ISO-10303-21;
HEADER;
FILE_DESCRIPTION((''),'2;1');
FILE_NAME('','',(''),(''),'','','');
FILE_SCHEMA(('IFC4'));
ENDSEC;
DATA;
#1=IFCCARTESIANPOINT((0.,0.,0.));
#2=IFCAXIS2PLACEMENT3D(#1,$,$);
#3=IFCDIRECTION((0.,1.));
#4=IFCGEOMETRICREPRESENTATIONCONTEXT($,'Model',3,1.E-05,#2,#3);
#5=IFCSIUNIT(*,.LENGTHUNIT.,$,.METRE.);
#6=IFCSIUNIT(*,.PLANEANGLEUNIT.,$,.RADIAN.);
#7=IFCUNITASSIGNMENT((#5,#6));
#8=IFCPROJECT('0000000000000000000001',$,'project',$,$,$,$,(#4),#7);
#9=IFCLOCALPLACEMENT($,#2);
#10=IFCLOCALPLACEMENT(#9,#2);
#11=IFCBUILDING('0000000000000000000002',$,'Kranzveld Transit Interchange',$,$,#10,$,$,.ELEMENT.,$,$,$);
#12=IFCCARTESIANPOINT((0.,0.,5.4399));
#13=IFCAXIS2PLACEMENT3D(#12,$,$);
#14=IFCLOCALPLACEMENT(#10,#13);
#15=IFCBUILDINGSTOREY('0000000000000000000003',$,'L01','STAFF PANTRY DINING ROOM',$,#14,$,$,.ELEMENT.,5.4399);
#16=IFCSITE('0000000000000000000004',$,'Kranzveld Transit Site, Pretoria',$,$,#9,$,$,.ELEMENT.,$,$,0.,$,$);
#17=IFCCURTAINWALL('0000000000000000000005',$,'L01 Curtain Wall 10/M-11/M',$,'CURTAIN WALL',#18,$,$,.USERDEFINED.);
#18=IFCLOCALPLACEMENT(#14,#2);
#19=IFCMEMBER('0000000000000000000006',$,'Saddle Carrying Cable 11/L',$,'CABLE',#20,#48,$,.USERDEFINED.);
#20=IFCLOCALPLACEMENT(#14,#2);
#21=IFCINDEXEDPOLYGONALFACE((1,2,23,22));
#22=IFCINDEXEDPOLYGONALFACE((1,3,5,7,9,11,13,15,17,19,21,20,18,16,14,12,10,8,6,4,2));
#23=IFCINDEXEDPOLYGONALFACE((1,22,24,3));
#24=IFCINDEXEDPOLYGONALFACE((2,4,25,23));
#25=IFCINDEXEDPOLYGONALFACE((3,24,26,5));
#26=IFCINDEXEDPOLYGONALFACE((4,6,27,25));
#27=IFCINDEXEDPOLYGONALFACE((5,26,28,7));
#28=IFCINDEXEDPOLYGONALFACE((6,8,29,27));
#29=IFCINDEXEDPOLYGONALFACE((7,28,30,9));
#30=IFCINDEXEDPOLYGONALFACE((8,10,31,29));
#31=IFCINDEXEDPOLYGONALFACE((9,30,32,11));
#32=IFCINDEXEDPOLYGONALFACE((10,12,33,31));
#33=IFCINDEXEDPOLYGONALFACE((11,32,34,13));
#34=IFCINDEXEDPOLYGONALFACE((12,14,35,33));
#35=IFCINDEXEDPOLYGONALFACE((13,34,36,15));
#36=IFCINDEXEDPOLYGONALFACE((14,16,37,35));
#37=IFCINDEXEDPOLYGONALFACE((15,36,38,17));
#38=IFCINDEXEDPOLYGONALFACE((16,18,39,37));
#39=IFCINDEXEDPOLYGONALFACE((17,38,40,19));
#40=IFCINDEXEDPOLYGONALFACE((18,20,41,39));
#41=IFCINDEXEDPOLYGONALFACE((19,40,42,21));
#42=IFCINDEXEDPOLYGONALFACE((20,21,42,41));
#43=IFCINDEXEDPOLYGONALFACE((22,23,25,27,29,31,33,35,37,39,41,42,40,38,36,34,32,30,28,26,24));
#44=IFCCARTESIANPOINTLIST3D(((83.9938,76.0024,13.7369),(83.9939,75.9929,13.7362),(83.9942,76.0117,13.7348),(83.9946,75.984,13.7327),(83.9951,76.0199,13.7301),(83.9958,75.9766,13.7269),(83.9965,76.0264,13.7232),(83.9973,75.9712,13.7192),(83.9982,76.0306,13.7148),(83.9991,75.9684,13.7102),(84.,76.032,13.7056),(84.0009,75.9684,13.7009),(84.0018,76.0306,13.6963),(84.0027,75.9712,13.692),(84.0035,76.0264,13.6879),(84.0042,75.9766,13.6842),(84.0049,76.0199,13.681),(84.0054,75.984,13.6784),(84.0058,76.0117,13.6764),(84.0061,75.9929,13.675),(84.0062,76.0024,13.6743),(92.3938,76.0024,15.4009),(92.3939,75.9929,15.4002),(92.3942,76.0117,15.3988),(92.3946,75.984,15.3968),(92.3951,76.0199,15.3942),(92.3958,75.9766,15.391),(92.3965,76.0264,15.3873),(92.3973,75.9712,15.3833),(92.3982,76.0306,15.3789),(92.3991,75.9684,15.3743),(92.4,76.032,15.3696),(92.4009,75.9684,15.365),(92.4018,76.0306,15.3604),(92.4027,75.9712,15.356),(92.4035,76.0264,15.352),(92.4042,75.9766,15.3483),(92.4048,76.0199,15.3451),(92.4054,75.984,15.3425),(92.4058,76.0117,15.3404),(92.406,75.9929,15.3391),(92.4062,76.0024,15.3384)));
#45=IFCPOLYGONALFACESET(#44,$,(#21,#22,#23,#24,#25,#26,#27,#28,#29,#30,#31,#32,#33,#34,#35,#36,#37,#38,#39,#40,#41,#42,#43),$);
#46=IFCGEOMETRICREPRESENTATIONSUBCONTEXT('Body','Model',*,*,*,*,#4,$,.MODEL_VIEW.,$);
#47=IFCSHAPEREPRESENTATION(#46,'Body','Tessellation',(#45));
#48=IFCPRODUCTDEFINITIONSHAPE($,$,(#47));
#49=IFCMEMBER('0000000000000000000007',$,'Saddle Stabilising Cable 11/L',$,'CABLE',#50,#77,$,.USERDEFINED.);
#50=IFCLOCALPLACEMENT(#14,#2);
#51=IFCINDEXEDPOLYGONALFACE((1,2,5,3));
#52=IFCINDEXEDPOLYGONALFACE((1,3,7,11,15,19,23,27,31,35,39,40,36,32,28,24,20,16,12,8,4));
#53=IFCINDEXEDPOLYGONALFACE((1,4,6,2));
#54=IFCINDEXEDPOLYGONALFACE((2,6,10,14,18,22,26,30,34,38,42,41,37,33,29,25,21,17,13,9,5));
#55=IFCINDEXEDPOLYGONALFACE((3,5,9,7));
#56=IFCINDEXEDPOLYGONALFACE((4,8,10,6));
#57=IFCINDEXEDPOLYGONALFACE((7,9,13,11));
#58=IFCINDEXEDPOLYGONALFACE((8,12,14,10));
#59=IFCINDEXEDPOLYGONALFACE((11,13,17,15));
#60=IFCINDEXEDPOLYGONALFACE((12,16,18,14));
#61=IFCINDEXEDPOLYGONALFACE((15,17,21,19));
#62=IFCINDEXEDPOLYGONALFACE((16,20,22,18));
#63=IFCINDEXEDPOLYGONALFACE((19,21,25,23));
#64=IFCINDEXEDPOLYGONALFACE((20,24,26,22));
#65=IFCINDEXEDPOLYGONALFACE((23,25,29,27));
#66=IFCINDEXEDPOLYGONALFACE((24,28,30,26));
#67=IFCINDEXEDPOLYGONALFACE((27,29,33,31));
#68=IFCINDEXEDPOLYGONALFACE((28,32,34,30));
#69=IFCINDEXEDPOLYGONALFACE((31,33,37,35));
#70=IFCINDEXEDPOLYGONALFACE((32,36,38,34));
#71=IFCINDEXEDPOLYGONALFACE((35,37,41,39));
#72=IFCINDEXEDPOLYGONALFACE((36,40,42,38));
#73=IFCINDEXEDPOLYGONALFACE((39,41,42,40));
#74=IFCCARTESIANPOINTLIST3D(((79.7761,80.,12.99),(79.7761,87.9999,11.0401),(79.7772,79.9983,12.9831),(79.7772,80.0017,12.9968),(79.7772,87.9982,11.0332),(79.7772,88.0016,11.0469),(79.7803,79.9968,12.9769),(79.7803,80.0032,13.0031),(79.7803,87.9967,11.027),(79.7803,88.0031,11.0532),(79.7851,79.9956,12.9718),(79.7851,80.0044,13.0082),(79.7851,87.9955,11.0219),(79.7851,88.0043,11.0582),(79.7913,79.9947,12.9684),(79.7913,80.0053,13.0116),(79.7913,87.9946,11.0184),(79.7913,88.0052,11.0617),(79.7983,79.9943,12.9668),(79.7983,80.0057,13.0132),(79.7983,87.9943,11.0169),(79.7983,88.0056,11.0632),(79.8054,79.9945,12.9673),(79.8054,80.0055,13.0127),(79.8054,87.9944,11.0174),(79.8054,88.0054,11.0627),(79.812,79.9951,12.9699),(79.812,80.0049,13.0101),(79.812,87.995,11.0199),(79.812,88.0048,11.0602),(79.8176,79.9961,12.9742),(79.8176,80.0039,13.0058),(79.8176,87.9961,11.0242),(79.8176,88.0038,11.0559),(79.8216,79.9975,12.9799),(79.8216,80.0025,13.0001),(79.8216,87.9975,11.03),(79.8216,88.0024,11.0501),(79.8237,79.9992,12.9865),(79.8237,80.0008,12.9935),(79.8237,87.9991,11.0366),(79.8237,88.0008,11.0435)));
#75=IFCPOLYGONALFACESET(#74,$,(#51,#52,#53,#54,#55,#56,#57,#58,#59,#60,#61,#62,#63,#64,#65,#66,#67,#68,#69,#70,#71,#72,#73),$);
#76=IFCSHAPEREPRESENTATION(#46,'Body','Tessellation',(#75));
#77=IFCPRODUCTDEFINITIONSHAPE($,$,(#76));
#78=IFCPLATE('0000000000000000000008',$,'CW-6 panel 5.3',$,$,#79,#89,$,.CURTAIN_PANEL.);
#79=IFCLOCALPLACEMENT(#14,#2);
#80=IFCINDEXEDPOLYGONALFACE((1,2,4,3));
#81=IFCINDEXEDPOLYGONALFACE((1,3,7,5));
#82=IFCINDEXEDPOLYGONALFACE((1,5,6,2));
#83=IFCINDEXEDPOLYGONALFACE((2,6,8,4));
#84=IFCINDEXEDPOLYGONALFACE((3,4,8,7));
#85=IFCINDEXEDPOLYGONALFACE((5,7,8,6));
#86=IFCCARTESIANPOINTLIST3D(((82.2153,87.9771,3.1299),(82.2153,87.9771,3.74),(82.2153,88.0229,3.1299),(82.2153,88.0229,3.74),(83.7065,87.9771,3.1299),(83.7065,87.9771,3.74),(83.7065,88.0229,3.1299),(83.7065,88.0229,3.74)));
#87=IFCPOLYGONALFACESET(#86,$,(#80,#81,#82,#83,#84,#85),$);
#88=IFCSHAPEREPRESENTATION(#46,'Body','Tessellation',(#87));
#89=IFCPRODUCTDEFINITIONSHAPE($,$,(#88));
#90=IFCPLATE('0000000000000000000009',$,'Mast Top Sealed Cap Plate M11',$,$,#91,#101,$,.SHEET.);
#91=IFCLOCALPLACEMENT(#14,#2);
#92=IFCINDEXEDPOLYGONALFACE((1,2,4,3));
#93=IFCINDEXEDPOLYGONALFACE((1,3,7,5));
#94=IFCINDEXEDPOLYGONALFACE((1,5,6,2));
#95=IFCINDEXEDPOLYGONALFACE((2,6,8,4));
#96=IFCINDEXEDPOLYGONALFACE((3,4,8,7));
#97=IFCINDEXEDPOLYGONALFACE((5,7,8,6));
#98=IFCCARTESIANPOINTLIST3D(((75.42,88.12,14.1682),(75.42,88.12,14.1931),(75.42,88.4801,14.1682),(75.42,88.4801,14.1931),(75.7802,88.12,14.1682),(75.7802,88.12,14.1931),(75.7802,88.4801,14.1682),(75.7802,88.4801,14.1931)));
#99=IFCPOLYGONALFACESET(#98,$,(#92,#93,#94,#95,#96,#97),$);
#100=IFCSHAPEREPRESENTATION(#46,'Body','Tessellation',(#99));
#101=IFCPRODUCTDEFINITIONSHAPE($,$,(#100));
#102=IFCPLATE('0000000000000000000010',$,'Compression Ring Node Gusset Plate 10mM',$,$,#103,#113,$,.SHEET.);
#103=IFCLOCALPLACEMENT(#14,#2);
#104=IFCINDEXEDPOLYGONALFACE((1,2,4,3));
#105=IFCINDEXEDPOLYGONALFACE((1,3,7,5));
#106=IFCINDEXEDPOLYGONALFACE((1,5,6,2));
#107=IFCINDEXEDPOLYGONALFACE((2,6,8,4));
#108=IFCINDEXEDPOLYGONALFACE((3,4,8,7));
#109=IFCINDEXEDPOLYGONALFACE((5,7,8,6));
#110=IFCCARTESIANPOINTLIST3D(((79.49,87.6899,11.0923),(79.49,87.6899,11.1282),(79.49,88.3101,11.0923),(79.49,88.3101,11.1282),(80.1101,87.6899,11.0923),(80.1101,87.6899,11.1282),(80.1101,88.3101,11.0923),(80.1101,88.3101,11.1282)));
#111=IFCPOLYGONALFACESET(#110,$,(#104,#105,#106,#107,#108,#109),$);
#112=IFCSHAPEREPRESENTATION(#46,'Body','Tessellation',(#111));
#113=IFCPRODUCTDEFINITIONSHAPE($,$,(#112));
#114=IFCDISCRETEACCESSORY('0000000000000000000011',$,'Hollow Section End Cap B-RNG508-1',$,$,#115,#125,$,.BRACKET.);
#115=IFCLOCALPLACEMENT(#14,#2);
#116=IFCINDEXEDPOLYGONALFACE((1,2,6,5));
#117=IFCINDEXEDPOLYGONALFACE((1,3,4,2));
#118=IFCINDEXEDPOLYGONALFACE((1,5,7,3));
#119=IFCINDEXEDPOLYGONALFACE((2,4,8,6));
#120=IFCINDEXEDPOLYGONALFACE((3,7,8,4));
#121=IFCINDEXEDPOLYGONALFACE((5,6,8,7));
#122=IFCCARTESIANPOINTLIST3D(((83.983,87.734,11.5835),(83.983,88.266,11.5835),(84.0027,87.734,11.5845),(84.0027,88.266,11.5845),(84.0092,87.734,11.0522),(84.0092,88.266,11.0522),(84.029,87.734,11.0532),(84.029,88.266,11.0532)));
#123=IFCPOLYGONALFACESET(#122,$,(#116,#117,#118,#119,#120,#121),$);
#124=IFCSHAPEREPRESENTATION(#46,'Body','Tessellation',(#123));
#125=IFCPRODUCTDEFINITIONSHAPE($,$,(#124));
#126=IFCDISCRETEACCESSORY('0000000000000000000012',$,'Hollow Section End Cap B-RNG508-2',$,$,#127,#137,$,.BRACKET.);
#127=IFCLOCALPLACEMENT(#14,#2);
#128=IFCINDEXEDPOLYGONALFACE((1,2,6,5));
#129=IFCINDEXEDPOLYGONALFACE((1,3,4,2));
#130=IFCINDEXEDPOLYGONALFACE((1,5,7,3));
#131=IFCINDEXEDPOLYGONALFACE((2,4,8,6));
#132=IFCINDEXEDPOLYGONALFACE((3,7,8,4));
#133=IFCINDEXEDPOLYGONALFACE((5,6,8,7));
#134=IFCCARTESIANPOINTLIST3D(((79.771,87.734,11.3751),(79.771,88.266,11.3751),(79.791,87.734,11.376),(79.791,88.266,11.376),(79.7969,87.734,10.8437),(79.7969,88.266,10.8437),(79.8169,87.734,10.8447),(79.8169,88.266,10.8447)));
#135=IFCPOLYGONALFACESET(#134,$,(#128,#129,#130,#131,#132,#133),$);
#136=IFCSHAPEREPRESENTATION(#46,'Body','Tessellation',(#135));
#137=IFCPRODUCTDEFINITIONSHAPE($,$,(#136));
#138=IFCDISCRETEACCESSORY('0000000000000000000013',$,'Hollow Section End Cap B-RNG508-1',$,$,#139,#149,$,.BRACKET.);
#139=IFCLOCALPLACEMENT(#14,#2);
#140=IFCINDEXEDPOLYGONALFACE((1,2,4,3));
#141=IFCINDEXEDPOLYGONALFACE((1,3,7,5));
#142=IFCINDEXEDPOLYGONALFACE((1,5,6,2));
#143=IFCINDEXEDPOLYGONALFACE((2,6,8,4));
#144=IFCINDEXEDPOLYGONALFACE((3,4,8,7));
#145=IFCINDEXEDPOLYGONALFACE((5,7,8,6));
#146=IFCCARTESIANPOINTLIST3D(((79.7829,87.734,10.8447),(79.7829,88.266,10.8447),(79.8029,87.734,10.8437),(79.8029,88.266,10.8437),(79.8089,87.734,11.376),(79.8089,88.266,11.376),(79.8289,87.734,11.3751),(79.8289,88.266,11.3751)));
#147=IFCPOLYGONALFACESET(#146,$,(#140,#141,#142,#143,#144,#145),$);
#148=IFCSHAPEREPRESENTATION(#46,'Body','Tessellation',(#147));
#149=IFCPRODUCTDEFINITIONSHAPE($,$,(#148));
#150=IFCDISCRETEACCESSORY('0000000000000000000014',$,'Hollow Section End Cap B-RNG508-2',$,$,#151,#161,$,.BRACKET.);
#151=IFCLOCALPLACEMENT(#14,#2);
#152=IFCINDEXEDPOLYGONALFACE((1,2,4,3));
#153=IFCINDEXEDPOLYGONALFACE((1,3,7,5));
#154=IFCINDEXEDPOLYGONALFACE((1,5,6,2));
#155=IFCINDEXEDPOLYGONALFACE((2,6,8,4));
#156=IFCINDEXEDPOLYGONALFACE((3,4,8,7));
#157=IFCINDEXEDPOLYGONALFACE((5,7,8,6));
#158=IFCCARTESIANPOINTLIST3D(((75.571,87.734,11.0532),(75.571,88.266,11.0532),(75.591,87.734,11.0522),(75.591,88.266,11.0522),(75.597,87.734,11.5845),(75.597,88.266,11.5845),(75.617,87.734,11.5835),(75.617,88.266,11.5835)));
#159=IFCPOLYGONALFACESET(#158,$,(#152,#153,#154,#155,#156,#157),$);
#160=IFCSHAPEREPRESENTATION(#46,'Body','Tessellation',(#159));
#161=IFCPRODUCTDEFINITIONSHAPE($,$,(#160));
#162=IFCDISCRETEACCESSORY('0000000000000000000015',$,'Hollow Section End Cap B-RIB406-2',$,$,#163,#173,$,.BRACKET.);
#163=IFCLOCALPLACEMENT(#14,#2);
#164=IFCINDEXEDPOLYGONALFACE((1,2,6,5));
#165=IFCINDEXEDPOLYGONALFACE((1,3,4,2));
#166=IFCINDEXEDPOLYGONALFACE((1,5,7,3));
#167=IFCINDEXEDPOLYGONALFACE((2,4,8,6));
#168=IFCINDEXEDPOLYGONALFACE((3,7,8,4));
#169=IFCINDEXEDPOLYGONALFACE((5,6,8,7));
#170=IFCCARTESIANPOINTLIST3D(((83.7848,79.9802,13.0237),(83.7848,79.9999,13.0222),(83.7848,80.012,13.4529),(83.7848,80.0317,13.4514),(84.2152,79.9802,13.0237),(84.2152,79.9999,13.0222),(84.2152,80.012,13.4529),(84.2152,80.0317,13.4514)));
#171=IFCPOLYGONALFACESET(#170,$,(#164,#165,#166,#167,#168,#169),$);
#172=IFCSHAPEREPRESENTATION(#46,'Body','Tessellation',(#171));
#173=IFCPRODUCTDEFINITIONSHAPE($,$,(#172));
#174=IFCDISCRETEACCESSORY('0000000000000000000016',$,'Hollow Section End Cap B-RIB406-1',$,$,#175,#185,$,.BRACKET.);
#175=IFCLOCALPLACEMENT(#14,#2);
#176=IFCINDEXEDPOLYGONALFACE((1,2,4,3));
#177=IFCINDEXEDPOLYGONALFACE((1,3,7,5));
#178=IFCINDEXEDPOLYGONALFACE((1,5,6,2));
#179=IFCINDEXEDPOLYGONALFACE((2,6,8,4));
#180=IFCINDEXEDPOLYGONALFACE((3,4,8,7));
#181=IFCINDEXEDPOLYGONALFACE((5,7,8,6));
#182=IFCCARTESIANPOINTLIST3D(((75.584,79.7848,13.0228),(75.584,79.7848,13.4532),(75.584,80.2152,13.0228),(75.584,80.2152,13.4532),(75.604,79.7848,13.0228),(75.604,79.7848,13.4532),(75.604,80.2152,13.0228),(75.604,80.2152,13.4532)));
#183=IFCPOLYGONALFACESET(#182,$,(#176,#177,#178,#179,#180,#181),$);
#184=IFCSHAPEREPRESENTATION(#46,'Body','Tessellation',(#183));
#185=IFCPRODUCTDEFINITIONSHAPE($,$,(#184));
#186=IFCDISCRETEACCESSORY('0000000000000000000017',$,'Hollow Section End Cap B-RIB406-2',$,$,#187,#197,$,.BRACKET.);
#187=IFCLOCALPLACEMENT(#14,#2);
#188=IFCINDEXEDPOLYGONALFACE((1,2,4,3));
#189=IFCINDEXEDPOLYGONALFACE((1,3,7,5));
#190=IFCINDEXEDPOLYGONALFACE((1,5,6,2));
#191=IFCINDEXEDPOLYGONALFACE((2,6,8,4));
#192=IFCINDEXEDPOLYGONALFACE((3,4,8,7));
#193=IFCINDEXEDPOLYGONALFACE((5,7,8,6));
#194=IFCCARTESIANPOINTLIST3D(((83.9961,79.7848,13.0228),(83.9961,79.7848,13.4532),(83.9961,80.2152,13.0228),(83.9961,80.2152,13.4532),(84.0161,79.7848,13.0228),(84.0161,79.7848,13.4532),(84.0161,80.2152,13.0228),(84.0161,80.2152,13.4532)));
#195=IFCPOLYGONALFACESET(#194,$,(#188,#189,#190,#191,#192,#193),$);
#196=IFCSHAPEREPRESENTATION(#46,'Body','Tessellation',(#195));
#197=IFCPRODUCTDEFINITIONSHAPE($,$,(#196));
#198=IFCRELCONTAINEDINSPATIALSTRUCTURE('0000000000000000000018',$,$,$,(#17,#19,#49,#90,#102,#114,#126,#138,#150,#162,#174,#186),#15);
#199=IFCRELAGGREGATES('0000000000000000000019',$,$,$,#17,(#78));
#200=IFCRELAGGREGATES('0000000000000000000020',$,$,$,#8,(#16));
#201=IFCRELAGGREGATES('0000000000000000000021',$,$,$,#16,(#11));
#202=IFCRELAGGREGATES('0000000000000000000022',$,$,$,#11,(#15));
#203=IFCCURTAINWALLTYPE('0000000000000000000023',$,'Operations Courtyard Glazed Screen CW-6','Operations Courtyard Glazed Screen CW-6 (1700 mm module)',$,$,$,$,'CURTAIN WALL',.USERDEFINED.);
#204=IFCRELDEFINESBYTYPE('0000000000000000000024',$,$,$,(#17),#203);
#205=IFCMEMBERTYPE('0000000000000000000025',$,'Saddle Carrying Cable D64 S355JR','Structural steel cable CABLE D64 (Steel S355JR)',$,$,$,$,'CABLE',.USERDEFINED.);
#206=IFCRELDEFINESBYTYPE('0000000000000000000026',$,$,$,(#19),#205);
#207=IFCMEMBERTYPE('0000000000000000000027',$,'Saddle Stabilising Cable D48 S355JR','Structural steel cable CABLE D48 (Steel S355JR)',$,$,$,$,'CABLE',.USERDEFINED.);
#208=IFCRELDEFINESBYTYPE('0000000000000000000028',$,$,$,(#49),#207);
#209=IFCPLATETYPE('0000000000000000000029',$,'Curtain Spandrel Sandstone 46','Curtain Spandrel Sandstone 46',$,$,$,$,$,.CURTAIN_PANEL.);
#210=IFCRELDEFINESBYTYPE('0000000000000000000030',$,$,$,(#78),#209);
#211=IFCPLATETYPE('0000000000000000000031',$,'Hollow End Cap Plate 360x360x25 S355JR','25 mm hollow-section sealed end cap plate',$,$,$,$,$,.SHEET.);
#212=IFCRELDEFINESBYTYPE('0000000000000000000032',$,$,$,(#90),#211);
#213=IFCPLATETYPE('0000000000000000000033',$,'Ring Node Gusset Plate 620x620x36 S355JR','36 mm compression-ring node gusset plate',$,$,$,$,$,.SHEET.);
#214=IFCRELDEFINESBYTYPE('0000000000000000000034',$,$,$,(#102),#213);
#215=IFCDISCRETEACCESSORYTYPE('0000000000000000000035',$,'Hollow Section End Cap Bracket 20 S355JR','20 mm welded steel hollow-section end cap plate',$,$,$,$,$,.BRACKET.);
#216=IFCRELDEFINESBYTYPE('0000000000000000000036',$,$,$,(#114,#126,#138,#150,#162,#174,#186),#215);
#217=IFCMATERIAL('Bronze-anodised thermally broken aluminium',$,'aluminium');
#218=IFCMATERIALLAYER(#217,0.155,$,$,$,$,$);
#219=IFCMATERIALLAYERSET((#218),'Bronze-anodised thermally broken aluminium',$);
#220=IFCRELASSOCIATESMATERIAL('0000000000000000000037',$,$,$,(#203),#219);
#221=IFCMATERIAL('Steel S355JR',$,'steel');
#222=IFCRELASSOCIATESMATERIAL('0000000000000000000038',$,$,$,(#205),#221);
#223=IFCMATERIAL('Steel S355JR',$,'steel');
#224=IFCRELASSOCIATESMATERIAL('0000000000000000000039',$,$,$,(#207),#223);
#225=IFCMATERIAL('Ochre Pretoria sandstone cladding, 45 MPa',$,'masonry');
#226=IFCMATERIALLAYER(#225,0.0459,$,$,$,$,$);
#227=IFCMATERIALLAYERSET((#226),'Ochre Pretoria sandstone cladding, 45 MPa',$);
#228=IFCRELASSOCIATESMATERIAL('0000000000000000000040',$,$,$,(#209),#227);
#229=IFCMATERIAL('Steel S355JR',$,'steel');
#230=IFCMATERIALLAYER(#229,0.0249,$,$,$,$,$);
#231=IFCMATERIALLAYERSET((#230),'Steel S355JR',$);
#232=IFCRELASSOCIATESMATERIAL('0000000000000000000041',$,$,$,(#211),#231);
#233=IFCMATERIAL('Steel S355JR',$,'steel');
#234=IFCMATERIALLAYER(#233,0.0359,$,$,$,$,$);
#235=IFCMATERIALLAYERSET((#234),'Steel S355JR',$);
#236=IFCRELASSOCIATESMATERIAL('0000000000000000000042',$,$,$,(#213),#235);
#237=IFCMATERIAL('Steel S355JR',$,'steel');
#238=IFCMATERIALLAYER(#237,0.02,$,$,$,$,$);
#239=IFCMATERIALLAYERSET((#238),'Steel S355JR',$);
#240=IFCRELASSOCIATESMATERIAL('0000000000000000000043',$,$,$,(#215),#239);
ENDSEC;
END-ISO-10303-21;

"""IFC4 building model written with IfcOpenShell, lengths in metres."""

from ifc_helpers import new_model, si_unit, direction, frame, origin, origin_2d, place, context, subcontext, project, spatial, rectangle, circle, extrude, material, layer, layer_set, material_profile, profile_set, type_object, element, aggregate, save


model = new_model("IFC4")

# Units and contexts
model_context = context("Model", 3, precision=1e-05, world=origin(), true_north=direction((0.0, 1.0)))
body_context = subcontext(model_context, "Body", "Model", "MODEL_VIEW")
ifc_project = project(units=[si_unit("LENGTHUNIT", "METRE"), si_unit("PLANEANGLEUNIT", "RADIAN")], contexts=[model_context])

# Site, building, storey
site_placement = place(None, origin())
site = spatial("IfcSite", under=ifc_project, at=site_placement, Name="Kranzveld Transit Site, Pretoria", CompositionType="ELEMENT", RefElevation=0.0)
building_placement = place(site_placement, origin())
building = spatial("IfcBuilding", under=site, at=building_placement, Name="Kranzveld Transit Interchange", CompositionType="ELEMENT")
storey_placement = place(building_placement, frame((0.0, 0.0, 5.4399)))
storey = spatial("IfcBuildingStorey", under=building, at=storey_placement, Name="L01", Description="STAFF PANTRY DINING ROOM", CompositionType="ELEMENT", Elevation=5.4399)

# Curtain wall
ifc_material_1 = material(Name="Bronze-anodised thermally broken aluminium", Category="aluminium")
ifc_layer_1 = layer(ifc_material_1, 0.155)
ifc_layer_set_1 = layer_set([ifc_layer_1], Name="Bronze-anodised thermally broken aluminium")
curtain_wall_type = type_object("IfcCurtainWallType", Name="Operations Courtyard Glazed Screen CW-6", Description="Operations Courtyard Glazed Screen CW-6 (1700 mm module)", ElementType="CURTAIN WALL", PredefinedType="USERDEFINED", material=ifc_layer_set_1)
curtain_wall_placement = place(storey_placement, origin())
curtain_wall = element("IfcCurtainWall", 1, at=curtain_wall_placement, inside=storey, type_object=curtain_wall_type, Name="L01 Curtain Wall 10/M-11/M", ObjectType="CURTAIN WALL", PredefinedType="USERDEFINED")

# Members
ifc_material_2 = material(Name="Steel S355JR", Category="steel")
ifc_material_profile_1 = material_profile(ifc_material_2, circle(Radius=0.032, at=origin_2d()), Name="CABLE D64")
ifc_profile_set_1 = profile_set([ifc_material_profile_1], Name="Steel S355JR")
member_type_1 = type_object("IfcMemberType", Name="Saddle Carrying Cable D64 S355JR", Description="Structural steel cable CABLE D64 (Steel S355JR)", ElementType="CABLE", PredefinedType="USERDEFINED", material=ifc_profile_set_1)
member_1_placement = place(storey_placement, frame((84.0, 76.0, 13.7056), z_axis=(0.980937, 0.0, 0.194328), x_axis=(0.0, 1.0, 0.0)))
element("IfcMember", 2, at=member_1_placement, inside=storey, type_object=member_type_1, Name="Saddle Carrying Cable 11/L", ObjectType="CABLE", PredefinedType="USERDEFINED", context=body_context, shape_type="SweptSolid", body=[
    extrude(circle(Radius=0.032, at=origin_2d()), origin(), (0.0, 0.0, 1.0), 8.5632),
])
ifc_material_3 = material(Name="Steel S355JR", Category="steel")
ifc_material_profile_2 = material_profile(ifc_material_3, circle(Radius=0.0239, at=origin_2d()), Name="CABLE D48")
ifc_profile_set_2 = profile_set([ifc_material_profile_2], Name="Steel S355JR")
member_type_2 = type_object("IfcMemberType", Name="Saddle Stabilising Cable D48 S355JR", Description="Structural steel cable CABLE D48 (Steel S355JR)", ElementType="CABLE", PredefinedType="USERDEFINED", material=ifc_profile_set_2)
member_2_placement = place(storey_placement, frame((79.8, 80.0, 12.99), z_axis=(0.0, 0.971556, -0.236811), x_axis=(-1.0, 0.0, 0.0)))
element("IfcMember", 3, at=member_2_placement, inside=storey, type_object=member_type_2, Name="Saddle Stabilising Cable 11/L", ObjectType="CABLE", PredefinedType="USERDEFINED", context=body_context, shape_type="SweptSolid", body=[
    extrude(circle(Radius=0.0239, at=origin_2d()), origin(), (0.0, 0.0, 1.0), 8.2341),
])

# Plate
ifc_material_4 = material(Name="Ochre Pretoria sandstone cladding, 45 MPa", Category="masonry")
ifc_layer_2 = layer(ifc_material_4, 0.0459)
ifc_layer_set_2 = layer_set([ifc_layer_2], Name="Ochre Pretoria sandstone cladding, 45 MPa")
plate_type_1 = type_object("IfcPlateType", Name="Curtain Spandrel Sandstone 46", Description="Curtain Spandrel Sandstone 46", PredefinedType="CURTAIN_PANEL", material=ifc_layer_set_2)
plate_1_placement = place(storey_placement, frame((82.9609, 88.0, 3.1299), z_axis=(0.0, 0.0, 1.0), x_axis=(1.0, 0.0, 0.0)))
plate_1 = element("IfcPlate", 4, at=plate_1_placement, type_object=plate_type_1, Name="CW-6 panel 5.3", PredefinedType="CURTAIN_PANEL", context=body_context, shape_type="SweptSolid", body=[
    extrude(rectangle(XDim=1.4912, YDim=0.0459, at=origin_2d()), origin(), (0.0, 0.0, 1.0), 0.6101),
])
aggregate(curtain_wall, [plate_1])

# Plates
ifc_material_5 = material(Name="Steel S355JR", Category="steel")
ifc_layer_3 = layer(ifc_material_5, 0.0249)
ifc_layer_set_3 = layer_set([ifc_layer_3], Name="Steel S355JR")
plate_type_2 = type_object("IfcPlateType", Name="Hollow End Cap Plate 360x360x25 S355JR", Description="25 mm hollow-section sealed end cap plate", PredefinedType="SHEET", material=ifc_layer_set_3)
plate_2_placement = place(storey_placement, frame((75.6001, 88.3, 14.1682), z_axis=(0.0, 0.0, 1.0), x_axis=(1.0, 0.0, 0.0)))
element("IfcPlate", 5, at=plate_2_placement, inside=storey, type_object=plate_type_2, Name="Mast Top Sealed Cap Plate M11", PredefinedType="SHEET", context=body_context, shape_type="SweptSolid", body=[
    extrude(rectangle(XDim=0.3601, YDim=0.3601, at=origin_2d()), origin(), (0.0, 0.0, 1.0), 0.0249),
])
ifc_material_6 = material(Name="Steel S355JR", Category="steel")
ifc_layer_4 = layer(ifc_material_6, 0.0359)
ifc_layer_set_4 = layer_set([ifc_layer_4], Name="Steel S355JR")
plate_type_3 = type_object("IfcPlateType", Name="Ring Node Gusset Plate 620x620x36 S355JR", Description="36 mm compression-ring node gusset plate", PredefinedType="SHEET", material=ifc_layer_set_4)
plate_3_placement = place(storey_placement, frame((79.8, 88.0, 11.0923), z_axis=(0.0, 0.0, 1.0), x_axis=(1.0, 0.0, 0.0)))
element("IfcPlate", 6, at=plate_3_placement, inside=storey, type_object=plate_type_3, Name="Compression Ring Node Gusset Plate 10mM", PredefinedType="SHEET", context=body_context, shape_type="SweptSolid", body=[
    extrude(rectangle(XDim=0.6201, YDim=0.6201, at=origin_2d()), origin(), (0.0, 0.0, 1.0), 0.0359),
])

# Discrete accessories
ifc_material_7 = material(Name="Steel S355JR", Category="steel")
ifc_layer_5 = layer(ifc_material_7, 0.02)
ifc_layer_set_5 = layer_set([ifc_layer_5], Name="Steel S355JR")
discrete_accessory_type = type_object("IfcDiscreteAccessoryType", Name="Hollow Section End Cap Bracket 20 S355JR", Description="20 mm welded steel hollow-section end cap plate", PredefinedType="BRACKET", material=ifc_layer_set_5)
discrete_accessory_1_placement = place(storey_placement, frame((83.9961, 88.0, 11.3179), z_axis=(0.998783, 0.0, 0.049323), x_axis=(0.0, 1.0, 0.0)))
element("IfcDiscreteAccessory", 7, at=discrete_accessory_1_placement, inside=storey, type_object=discrete_accessory_type, Name="Hollow Section End Cap B-RNG508-1", PredefinedType="BRACKET", context=body_context, shape_type="SweptSolid", body=[
    extrude(rectangle(XDim=0.532, YDim=0.532, at=origin_2d()), origin(), (0.0, 0.0, 1.0), 0.0198),
])
for number, where, z_axis, x_axis, name in (
    (8, (79.804, 88.0, 11.1104), (-0.998812, 0.0, -0.048723), (0.0, -1.0, 0.0), "Hollow Section End Cap B-RNG508-2"),
    (9, (79.7959, 88.0, 11.1104), (0.998812, 0.0, -0.048723), (0.0, 1.0, 0.0), "Hollow Section End Cap B-RNG508-1"),
    (10, (75.604, 88.0, 11.3179), (-0.998812, 0.0, 0.048723), (0.0, -1.0, 0.0), "Hollow Section End Cap B-RNG508-2"),
):
    element("IfcDiscreteAccessory", number, at=place(storey_placement, frame(where, z_axis=z_axis, x_axis=x_axis)), inside=storey, type_object=discrete_accessory_type, Name=name, PredefinedType="BRACKET", context=body_context, shape_type="SweptSolid", body=[
        extrude(rectangle(XDim=0.532, YDim=0.532, at=origin_2d()), origin(), (0.0, 0.0, 1.0), 0.02),
    ])
discrete_accessory_2_placement = place(storey_placement, frame((84.0, 79.9961, 13.2383), z_axis=(0.0, 0.997268, -0.073872), x_axis=(-1.0, 0.0, 0.0)))
element("IfcDiscreteAccessory", 11, at=discrete_accessory_2_placement, inside=storey, type_object=discrete_accessory_type, Name="Hollow Section End Cap B-RIB406-2", PredefinedType="BRACKET", context=body_context, shape_type="SweptSolid", body=[
    extrude(rectangle(XDim=0.4304, YDim=0.4304, at=origin_2d()), origin(), (0.0, 0.0, 1.0), 0.0198),
])
for number, where, z_axis, x_axis, name in (
    (12, (75.604, 80.0, 13.238), (-1.0, 0.0, 0.0), (0.0, -1.0, 0.0), "Hollow Section End Cap B-RIB406-1"),
    (13, (83.9961, 80.0, 13.238), (1.0, 0.0, 0.0), (0.0, 1.0, 0.0), "Hollow Section End Cap B-RIB406-2"),
):
    element("IfcDiscreteAccessory", number, at=place(storey_placement, frame(where, z_axis=z_axis, x_axis=x_axis)), inside=storey, type_object=discrete_accessory_type, Name=name, PredefinedType="BRACKET", context=body_context, shape_type="SweptSolid", body=[
        extrude(rectangle(XDim=0.4304, YDim=0.4304, at=origin_2d()), origin(), (0.0, 0.0, 1.0), 0.02),
    ])

save(model, "model.ifc")
